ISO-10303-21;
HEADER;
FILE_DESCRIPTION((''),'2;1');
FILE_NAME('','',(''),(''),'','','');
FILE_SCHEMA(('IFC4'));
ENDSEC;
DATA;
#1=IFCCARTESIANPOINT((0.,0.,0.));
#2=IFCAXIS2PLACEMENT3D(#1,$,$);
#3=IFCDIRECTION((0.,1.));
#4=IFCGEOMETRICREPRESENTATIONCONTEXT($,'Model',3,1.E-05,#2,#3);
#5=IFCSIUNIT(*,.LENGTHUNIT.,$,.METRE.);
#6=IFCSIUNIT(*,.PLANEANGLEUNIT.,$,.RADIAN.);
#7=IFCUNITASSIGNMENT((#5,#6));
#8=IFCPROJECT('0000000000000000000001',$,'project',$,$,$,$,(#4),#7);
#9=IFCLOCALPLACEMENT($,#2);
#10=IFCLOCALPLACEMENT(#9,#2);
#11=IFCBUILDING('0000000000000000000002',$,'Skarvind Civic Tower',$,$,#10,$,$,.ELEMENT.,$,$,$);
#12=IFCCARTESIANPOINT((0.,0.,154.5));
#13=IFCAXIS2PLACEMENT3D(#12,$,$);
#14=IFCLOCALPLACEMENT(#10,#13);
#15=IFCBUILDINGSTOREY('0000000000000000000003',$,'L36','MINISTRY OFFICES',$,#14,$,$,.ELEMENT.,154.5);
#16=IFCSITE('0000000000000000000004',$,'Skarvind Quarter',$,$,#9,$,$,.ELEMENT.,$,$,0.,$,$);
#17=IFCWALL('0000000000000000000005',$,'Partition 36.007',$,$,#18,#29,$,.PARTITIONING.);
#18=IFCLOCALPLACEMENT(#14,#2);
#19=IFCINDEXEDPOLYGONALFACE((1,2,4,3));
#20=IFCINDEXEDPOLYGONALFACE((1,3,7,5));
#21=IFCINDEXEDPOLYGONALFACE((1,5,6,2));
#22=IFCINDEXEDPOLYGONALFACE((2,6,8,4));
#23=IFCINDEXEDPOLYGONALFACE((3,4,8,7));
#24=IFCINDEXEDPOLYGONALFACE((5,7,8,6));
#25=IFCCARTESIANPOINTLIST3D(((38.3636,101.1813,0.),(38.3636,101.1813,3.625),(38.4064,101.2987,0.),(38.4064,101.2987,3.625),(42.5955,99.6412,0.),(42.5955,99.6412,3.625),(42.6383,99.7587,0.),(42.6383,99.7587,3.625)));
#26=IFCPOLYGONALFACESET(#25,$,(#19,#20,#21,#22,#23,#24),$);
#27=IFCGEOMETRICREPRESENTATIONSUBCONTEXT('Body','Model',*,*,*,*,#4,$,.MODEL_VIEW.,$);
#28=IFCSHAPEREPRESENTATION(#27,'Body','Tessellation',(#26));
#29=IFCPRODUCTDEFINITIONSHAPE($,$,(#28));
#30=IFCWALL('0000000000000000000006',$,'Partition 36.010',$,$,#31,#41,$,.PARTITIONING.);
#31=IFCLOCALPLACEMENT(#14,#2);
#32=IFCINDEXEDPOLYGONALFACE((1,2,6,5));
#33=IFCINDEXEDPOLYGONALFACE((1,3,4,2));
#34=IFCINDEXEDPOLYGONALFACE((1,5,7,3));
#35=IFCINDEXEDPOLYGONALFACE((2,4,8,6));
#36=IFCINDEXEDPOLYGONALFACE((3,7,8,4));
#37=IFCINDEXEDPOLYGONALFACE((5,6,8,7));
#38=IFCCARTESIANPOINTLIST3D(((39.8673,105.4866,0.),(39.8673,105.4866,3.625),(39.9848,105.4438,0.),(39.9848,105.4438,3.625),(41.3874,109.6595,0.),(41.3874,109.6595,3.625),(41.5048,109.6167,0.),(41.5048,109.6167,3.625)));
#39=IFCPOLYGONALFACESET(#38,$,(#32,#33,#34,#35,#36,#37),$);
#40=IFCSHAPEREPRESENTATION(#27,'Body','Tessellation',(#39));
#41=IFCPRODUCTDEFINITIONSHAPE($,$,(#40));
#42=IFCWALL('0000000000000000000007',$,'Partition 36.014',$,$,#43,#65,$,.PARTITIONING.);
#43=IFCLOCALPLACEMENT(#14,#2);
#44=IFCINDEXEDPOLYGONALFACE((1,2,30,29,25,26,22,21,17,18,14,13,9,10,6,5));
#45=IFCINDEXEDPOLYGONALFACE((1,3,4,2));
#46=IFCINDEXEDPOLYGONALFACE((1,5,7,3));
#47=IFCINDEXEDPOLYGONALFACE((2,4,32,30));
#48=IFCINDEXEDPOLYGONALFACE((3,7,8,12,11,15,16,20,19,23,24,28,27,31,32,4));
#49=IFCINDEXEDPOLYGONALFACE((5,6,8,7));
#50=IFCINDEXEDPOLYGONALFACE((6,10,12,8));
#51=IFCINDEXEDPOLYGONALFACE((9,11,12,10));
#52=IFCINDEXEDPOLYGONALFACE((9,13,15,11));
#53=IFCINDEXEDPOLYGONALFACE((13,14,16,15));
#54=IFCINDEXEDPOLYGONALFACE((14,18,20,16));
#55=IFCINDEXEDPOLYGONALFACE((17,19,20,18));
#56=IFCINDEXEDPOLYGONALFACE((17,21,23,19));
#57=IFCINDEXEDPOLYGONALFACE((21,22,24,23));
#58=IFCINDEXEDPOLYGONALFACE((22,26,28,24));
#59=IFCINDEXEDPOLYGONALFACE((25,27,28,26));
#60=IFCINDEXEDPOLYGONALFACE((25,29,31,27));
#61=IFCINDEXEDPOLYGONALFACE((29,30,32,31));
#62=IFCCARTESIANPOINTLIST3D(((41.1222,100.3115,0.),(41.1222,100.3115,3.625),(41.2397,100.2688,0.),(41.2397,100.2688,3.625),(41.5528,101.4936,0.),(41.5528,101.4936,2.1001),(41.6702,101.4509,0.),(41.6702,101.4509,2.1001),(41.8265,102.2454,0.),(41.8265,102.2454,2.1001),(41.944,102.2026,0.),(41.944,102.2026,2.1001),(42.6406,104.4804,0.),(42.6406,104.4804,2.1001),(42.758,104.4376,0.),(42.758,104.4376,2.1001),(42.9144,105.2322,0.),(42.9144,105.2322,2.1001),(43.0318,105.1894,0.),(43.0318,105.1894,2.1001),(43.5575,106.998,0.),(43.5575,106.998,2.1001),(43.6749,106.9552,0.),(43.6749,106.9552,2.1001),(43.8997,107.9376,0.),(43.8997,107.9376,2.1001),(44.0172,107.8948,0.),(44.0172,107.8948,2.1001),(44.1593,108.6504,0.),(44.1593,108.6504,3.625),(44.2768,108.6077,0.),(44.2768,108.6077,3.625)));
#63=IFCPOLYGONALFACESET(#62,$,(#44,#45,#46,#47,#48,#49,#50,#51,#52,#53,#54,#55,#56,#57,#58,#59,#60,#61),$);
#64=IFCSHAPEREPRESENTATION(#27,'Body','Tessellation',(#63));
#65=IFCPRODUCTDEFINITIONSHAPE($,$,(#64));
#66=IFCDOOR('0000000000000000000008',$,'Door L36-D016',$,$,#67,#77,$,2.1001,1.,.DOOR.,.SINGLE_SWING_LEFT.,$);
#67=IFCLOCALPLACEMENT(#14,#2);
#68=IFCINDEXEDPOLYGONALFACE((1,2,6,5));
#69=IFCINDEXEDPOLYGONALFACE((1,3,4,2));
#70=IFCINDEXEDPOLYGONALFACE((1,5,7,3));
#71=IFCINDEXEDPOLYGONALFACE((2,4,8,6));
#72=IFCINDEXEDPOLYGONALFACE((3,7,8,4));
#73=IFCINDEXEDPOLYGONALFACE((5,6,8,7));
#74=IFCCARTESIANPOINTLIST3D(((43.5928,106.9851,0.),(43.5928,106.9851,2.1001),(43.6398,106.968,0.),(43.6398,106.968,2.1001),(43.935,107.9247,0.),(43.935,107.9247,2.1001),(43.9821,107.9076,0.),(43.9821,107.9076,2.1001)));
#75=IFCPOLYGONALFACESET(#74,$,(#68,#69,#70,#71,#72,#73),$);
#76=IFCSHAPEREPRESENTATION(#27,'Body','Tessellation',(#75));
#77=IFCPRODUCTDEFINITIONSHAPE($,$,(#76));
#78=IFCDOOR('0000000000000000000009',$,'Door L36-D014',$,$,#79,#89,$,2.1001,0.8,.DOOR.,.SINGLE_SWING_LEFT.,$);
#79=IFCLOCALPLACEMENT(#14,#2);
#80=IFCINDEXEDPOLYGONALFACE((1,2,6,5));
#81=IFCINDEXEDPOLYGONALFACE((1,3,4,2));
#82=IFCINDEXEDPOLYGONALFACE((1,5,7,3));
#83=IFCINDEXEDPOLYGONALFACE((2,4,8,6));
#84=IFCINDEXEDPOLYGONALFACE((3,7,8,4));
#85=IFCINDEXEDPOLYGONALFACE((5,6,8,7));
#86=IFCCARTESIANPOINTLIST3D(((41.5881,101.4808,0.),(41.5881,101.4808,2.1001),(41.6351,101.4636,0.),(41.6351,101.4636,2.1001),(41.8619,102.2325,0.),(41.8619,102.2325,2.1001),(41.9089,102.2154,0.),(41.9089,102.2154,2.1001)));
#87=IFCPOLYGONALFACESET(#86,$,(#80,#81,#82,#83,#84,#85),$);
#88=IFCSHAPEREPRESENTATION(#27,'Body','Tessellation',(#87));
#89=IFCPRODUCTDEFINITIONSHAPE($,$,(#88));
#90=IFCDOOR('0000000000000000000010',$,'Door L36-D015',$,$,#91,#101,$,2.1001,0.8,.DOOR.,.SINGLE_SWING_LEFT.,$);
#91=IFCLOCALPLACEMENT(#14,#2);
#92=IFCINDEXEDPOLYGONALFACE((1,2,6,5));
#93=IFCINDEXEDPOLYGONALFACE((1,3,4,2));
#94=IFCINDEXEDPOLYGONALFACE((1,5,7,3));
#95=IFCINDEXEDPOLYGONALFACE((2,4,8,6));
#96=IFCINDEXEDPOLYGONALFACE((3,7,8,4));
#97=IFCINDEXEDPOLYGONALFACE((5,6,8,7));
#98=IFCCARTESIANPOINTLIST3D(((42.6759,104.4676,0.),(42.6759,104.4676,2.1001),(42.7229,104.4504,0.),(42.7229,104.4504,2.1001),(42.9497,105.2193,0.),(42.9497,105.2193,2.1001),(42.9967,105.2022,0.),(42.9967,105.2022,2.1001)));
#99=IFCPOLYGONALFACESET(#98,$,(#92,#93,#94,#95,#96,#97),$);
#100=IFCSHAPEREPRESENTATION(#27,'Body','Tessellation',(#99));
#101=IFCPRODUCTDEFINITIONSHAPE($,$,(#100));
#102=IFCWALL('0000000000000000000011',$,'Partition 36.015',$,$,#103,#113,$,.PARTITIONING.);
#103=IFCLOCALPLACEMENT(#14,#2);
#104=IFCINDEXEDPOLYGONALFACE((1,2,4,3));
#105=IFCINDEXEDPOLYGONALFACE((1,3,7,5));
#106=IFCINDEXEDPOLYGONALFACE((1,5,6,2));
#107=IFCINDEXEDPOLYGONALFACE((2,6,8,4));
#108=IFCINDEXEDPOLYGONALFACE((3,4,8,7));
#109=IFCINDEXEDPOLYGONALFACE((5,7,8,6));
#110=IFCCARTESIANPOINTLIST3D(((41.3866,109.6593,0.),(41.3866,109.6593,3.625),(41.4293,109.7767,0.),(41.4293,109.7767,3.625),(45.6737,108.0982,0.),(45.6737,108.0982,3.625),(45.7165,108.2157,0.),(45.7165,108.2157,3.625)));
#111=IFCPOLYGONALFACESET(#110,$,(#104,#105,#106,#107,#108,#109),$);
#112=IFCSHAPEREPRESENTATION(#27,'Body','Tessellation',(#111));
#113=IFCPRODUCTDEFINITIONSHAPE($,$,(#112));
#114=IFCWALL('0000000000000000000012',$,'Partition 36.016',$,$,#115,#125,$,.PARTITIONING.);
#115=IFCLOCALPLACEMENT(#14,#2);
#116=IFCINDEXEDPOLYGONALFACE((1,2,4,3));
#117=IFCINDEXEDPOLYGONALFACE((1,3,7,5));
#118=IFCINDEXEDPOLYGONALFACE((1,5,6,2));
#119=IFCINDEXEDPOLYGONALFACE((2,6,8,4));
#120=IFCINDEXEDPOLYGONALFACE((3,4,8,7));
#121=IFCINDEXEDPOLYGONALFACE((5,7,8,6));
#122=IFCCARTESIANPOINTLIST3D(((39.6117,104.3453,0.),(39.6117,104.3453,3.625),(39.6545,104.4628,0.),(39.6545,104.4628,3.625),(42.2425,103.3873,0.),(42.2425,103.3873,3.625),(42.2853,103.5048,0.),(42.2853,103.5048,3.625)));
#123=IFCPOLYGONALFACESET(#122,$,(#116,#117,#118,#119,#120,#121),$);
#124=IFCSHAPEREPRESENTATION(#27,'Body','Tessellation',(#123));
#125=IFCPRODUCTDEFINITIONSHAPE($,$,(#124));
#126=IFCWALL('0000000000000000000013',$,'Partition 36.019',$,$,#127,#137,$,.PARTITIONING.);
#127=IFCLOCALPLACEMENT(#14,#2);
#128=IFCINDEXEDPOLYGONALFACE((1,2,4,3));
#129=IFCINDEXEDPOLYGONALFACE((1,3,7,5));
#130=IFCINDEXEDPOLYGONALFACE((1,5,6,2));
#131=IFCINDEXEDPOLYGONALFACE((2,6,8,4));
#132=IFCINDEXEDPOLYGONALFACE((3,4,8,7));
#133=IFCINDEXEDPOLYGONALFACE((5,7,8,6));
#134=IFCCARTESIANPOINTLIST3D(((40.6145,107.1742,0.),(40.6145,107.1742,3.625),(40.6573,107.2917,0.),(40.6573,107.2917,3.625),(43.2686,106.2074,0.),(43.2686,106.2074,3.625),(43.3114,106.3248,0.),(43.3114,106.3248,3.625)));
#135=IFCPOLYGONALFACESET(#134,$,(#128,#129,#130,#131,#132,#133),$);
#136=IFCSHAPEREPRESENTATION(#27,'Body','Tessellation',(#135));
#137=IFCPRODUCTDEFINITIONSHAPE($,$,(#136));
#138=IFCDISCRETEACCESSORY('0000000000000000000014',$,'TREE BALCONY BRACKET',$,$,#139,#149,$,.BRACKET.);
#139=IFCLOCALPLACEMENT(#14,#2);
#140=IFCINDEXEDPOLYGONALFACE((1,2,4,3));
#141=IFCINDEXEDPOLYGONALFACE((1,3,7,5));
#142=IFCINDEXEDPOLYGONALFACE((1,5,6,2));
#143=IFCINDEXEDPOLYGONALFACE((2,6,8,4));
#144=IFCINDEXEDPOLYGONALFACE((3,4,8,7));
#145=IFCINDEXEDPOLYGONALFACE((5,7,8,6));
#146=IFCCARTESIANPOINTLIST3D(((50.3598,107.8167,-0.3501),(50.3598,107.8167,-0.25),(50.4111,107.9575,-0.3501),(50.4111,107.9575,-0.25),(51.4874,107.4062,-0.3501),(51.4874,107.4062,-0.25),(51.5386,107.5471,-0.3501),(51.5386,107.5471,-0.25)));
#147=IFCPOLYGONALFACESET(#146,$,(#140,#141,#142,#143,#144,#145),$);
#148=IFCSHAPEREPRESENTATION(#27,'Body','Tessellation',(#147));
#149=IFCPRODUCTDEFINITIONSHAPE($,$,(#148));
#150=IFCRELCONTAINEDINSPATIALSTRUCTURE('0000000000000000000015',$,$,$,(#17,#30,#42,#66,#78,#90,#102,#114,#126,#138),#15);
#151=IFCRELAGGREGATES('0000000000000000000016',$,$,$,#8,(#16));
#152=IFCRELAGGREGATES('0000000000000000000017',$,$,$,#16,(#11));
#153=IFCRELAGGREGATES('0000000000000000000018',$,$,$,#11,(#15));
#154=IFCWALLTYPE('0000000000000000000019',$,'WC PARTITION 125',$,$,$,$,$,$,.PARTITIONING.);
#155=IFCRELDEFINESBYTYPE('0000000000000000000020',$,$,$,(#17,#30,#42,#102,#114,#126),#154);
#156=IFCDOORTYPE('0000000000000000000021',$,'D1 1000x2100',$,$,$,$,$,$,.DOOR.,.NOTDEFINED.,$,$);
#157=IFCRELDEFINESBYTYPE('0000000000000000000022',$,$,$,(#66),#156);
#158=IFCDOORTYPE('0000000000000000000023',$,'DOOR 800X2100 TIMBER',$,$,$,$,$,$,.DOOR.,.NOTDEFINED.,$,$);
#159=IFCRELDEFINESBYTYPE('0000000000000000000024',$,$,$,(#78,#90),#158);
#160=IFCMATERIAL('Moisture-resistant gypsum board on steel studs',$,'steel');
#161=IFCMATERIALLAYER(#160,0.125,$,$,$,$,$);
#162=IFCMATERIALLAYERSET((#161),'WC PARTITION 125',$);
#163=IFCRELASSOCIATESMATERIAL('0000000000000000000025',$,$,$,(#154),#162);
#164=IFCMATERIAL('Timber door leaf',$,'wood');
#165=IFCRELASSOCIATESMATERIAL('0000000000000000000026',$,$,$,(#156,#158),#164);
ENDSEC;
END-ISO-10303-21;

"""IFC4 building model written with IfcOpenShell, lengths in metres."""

from ifc_helpers import new_model, si_unit, direction, frame, frame_2d, origin, origin_2d, place, context, subcontext, project, spatial, rectangle, extrude, material, layer, layer_set, type_object, element, fill, save


model = new_model("IFC4")

# Units and contexts
model_context = context("Model", 3, precision=1e-05, world=origin(), true_north=direction((0.0, 1.0)))
body_context = subcontext(model_context, "Body", "Model", "MODEL_VIEW")
ifc_project = project(units=[si_unit("LENGTHUNIT", "METRE"), si_unit("PLANEANGLEUNIT", "RADIAN")], contexts=[model_context])

# Site, building, storey
site_placement = place(None, origin())
site = spatial("IfcSite", under=ifc_project, at=site_placement, Name="Skarvind Quarter", CompositionType="ELEMENT", RefElevation=0.0)
building_placement = place(site_placement, origin())
building = spatial("IfcBuilding", under=site, at=building_placement, Name="Skarvind Civic Tower", CompositionType="ELEMENT")
storey_placement = place(building_placement, frame((0.0, 0.0, 154.5)))
storey = spatial("IfcBuildingStorey", under=building, at=storey_placement, Name="L36", Description="MINISTRY OFFICES", CompositionType="ELEMENT", Elevation=154.5)

# Walls
ifc_material_1 = material(Name="Moisture-resistant gypsum board on steel studs", Category="steel")
ifc_layer_1 = layer(ifc_material_1, 0.125)
ifc_layer_set_1 = layer_set([ifc_layer_1], Name="WC PARTITION 125")
wall_type_1 = type_object("IfcWallType", Name="WC PARTITION 125", PredefinedType="PARTITIONING", material=ifc_layer_set_1)
wall_1_placement = place(storey_placement, frame((38.385, 101.24, 0.0), z_axis=(0.0, 0.0, 1.0), x_axis=(0.939711, -0.341969, 0.0)))
element("IfcWall", 1, at=wall_1_placement, inside=storey, type_object=wall_type_1, Name="Partition 36.007", PredefinedType="PARTITIONING", context=body_context, shape_type="SweptSolid", body=[
    extrude(rectangle(XDim=4.5034, YDim=0.125, at=frame_2d((2.2517, 0.0))), origin(), (0.0, 0.0, 1.0), 3.625),
])
wall_2_placement = place(storey_placement, frame((39.926, 105.4651, 0.0), z_axis=(0.0, 0.0, 1.0), x_axis=(0.342264, 0.939604, 0.0)))
element("IfcWall", 2, at=wall_2_placement, inside=storey, type_object=wall_type_1, Name="Partition 36.010", PredefinedType="PARTITIONING", context=body_context, shape_type="SweptSolid", body=[
    extrude(rectangle(XDim=4.4412, YDim=0.125, at=frame_2d((2.2207, 0.0))), origin(), (0.0, 0.0, 1.0), 3.625),
])

# Wall, openings, doors
wall_3_placement = place(storey_placement, frame((41.1809, 100.29, 0.0), z_axis=(0.0, 0.0, 1.0), x_axis=(0.34222, 0.93962, 0.0)))
wall_3 = element("IfcWall", 3, at=wall_3_placement, inside=storey, type_object=wall_type_1, Name="Partition 36.014", PredefinedType="PARTITIONING", context=body_context, shape_type="SweptSolid", body=[
    extrude(rectangle(XDim=8.8748, YDim=0.125, at=frame_2d((4.4375, 0.0))), origin(), (0.0, 0.0, 1.0), 3.625),
])
opening_1_placement = place(wall_3_placement, frame((1.2583, 0.0, 0.0)))
opening_1 = element("IfcOpeningElement", 4, at=opening_1_placement, cuts=wall_3, PredefinedType="OPENING", context=body_context, shape_type="SweptSolid", body=[
    extrude(rectangle(XDim=0.8, YDim=2.1001, at=frame_2d((0.3999, 1.05))), frame((0.0, 0.0725, 0.0), z_axis=(0.0, -1.0, 0.0), x_axis=(1.0, 0.0, 0.0)), (0.0, 0.0, 1.0), 0.145),
])
opening_2_placement = place(wall_3_placement, frame((4.437, 0.0, 0.0)))
opening_2 = element("IfcOpeningElement", 5, at=opening_2_placement, cuts=wall_3, PredefinedType="OPENING", context=body_context, shape_type="SweptSolid", body=[
    extrude(rectangle(XDim=0.8, YDim=2.1001, at=frame_2d((0.3999, 1.05))), frame((0.0, 0.0725, 0.0), z_axis=(0.0, -1.0, 0.0), x_axis=(1.0, 0.0, 0.0)), (0.0, 0.0, 1.0), 0.145),
])
opening_3_placement = place(wall_3_placement, frame((7.1162, 0.0, 0.0)))
opening_3 = element("IfcOpeningElement", 6, at=opening_3_placement, cuts=wall_3, PredefinedType="OPENING", context=body_context, shape_type="SweptSolid", body=[
    extrude(rectangle(XDim=1.0, YDim=2.1001, at=frame_2d((0.5, 1.05))), frame((0.0, 0.0725, 0.0), z_axis=(0.0, -1.0, 0.0), x_axis=(1.0, 0.0, 0.0)), (0.0, 0.0, 1.0), 0.145),
])
ifc_material_2 = material(Name="Timber door leaf", Category="wood")
door_type_1 = type_object("IfcDoorType", Name="D1 1000x2100", OperationType="NOTDEFINED", PredefinedType="DOOR", material=ifc_material_2)
door_1_placement = place(opening_3_placement, origin())
door_1 = element("IfcDoor", 7, at=door_1_placement, inside=storey, type_object=door_type_1, Name="Door L36-D016", OperationType="SINGLE_SWING_LEFT", OverallHeight=2.1001, OverallWidth=1.0, PredefinedType="DOOR", context=body_context, shape_type="SweptSolid", body=[
    extrude(rectangle(XDim=1.0, YDim=2.1001, at=frame_2d((0.5, 1.05))), frame((0.0, 0.0249, 0.0), z_axis=(0.0, -1.0, 0.0), x_axis=(1.0, 0.0, 0.0)), (0.0, 0.0, 1.0), 0.05),
])
fill(opening_3, door_1)
door_type_2 = type_object("IfcDoorType", Name="DOOR 800X2100 TIMBER", OperationType="NOTDEFINED", PredefinedType="DOOR", material=ifc_material_2)
door_2_placement = place(opening_1_placement, origin())
door_2 = element("IfcDoor", 8, at=door_2_placement, inside=storey, type_object=door_type_2, Name="Door L36-D014", OperationType="SINGLE_SWING_LEFT", OverallHeight=2.1001, OverallWidth=0.8, PredefinedType="DOOR", context=body_context, shape_type="SweptSolid", body=[
    extrude(rectangle(XDim=0.8, YDim=2.1001, at=frame_2d((0.3999, 1.05))), frame((0.0, 0.0249, 0.0), z_axis=(0.0, -1.0, 0.0), x_axis=(1.0, 0.0, 0.0)), (0.0, 0.0, 1.0), 0.05),
])
fill(opening_1, door_2)
door_3_placement = place(opening_2_placement, origin())
door_3 = element("IfcDoor", 9, at=door_3_placement, inside=storey, type_object=door_type_2, Name="Door L36-D015", OperationType="SINGLE_SWING_LEFT", OverallHeight=2.1001, OverallWidth=0.8, PredefinedType="DOOR", context=body_context, shape_type="SweptSolid", body=[
    extrude(rectangle(XDim=0.8, YDim=2.1001, at=frame_2d((0.3999, 1.05))), frame((0.0, 0.0249, 0.0), z_axis=(0.0, -1.0, 0.0), x_axis=(1.0, 0.0, 0.0)), (0.0, 0.0, 1.0), 0.05),
])
fill(opening_2, door_3)

# Walls
wall_4_placement = place(storey_placement, frame((41.408, 109.718, 0.0), z_axis=(0.0, 0.0, 1.0), x_axis=(0.939646, -0.342147, 0.0)))
element("IfcWall", 10, at=wall_4_placement, inside=storey, type_object=wall_type_1, Name="Partition 36.015", PredefinedType="PARTITIONING", context=body_context, shape_type="SweptSolid", body=[
    extrude(rectangle(XDim=4.5625, YDim=0.125, at=frame_2d((2.2812, 0.0))), origin(), (0.0, 0.0, 1.0), 3.625),
])
wall_5_placement = place(storey_placement, frame((42.2639, 103.446, 0.0), z_axis=(0.0, 0.0, 1.0), x_axis=(-0.939641, 0.342163, 0.0)))
element("IfcWall", 11, at=wall_5_placement, inside=storey, type_object=wall_type_1, Name="Partition 36.016", PredefinedType="PARTITIONING", context=body_context, shape_type="SweptSolid", body=[
    extrude(rectangle(XDim=2.7998, YDim=0.125, at=frame_2d((1.3999, 0.0))), origin(), (0.0, 0.0, 1.0), 3.625),
])
wall_6_placement = place(storey_placement, frame((43.29, 106.2661, 0.0), z_axis=(0.0, 0.0, 1.0), x_axis=(-0.939601, 0.34227, 0.0)))
element("IfcWall", 12, at=wall_6_placement, inside=storey, type_object=wall_type_1, Name="Partition 36.019", PredefinedType="PARTITIONING", context=body_context, shape_type="SweptSolid", body=[
    extrude(rectangle(XDim=2.8247, YDim=0.125, at=frame_2d((1.4124, 0.0))), origin(), (0.0, 0.0, 1.0), 3.625),
])

# Discrete accessory
discrete_accessory_placement = place(storey_placement, frame((50.9492, 107.6819, -0.3501), z_axis=(0.0, 0.0, 1.0), x_axis=(-0.34202, -0.939693, 0.0)))
element("IfcDiscreteAccessory", 13, at=discrete_accessory_placement, inside=storey, Name="TREE BALCONY BRACKET", PredefinedType="BRACKET", context=body_context, shape_type="SweptSolid", body=[
    extrude(rectangle(XDim=0.1499, YDim=1.2, at=origin_2d()), origin(), (0.0, 0.0, 1.0), 0.1001),
])

save(model, "model.ifc")
